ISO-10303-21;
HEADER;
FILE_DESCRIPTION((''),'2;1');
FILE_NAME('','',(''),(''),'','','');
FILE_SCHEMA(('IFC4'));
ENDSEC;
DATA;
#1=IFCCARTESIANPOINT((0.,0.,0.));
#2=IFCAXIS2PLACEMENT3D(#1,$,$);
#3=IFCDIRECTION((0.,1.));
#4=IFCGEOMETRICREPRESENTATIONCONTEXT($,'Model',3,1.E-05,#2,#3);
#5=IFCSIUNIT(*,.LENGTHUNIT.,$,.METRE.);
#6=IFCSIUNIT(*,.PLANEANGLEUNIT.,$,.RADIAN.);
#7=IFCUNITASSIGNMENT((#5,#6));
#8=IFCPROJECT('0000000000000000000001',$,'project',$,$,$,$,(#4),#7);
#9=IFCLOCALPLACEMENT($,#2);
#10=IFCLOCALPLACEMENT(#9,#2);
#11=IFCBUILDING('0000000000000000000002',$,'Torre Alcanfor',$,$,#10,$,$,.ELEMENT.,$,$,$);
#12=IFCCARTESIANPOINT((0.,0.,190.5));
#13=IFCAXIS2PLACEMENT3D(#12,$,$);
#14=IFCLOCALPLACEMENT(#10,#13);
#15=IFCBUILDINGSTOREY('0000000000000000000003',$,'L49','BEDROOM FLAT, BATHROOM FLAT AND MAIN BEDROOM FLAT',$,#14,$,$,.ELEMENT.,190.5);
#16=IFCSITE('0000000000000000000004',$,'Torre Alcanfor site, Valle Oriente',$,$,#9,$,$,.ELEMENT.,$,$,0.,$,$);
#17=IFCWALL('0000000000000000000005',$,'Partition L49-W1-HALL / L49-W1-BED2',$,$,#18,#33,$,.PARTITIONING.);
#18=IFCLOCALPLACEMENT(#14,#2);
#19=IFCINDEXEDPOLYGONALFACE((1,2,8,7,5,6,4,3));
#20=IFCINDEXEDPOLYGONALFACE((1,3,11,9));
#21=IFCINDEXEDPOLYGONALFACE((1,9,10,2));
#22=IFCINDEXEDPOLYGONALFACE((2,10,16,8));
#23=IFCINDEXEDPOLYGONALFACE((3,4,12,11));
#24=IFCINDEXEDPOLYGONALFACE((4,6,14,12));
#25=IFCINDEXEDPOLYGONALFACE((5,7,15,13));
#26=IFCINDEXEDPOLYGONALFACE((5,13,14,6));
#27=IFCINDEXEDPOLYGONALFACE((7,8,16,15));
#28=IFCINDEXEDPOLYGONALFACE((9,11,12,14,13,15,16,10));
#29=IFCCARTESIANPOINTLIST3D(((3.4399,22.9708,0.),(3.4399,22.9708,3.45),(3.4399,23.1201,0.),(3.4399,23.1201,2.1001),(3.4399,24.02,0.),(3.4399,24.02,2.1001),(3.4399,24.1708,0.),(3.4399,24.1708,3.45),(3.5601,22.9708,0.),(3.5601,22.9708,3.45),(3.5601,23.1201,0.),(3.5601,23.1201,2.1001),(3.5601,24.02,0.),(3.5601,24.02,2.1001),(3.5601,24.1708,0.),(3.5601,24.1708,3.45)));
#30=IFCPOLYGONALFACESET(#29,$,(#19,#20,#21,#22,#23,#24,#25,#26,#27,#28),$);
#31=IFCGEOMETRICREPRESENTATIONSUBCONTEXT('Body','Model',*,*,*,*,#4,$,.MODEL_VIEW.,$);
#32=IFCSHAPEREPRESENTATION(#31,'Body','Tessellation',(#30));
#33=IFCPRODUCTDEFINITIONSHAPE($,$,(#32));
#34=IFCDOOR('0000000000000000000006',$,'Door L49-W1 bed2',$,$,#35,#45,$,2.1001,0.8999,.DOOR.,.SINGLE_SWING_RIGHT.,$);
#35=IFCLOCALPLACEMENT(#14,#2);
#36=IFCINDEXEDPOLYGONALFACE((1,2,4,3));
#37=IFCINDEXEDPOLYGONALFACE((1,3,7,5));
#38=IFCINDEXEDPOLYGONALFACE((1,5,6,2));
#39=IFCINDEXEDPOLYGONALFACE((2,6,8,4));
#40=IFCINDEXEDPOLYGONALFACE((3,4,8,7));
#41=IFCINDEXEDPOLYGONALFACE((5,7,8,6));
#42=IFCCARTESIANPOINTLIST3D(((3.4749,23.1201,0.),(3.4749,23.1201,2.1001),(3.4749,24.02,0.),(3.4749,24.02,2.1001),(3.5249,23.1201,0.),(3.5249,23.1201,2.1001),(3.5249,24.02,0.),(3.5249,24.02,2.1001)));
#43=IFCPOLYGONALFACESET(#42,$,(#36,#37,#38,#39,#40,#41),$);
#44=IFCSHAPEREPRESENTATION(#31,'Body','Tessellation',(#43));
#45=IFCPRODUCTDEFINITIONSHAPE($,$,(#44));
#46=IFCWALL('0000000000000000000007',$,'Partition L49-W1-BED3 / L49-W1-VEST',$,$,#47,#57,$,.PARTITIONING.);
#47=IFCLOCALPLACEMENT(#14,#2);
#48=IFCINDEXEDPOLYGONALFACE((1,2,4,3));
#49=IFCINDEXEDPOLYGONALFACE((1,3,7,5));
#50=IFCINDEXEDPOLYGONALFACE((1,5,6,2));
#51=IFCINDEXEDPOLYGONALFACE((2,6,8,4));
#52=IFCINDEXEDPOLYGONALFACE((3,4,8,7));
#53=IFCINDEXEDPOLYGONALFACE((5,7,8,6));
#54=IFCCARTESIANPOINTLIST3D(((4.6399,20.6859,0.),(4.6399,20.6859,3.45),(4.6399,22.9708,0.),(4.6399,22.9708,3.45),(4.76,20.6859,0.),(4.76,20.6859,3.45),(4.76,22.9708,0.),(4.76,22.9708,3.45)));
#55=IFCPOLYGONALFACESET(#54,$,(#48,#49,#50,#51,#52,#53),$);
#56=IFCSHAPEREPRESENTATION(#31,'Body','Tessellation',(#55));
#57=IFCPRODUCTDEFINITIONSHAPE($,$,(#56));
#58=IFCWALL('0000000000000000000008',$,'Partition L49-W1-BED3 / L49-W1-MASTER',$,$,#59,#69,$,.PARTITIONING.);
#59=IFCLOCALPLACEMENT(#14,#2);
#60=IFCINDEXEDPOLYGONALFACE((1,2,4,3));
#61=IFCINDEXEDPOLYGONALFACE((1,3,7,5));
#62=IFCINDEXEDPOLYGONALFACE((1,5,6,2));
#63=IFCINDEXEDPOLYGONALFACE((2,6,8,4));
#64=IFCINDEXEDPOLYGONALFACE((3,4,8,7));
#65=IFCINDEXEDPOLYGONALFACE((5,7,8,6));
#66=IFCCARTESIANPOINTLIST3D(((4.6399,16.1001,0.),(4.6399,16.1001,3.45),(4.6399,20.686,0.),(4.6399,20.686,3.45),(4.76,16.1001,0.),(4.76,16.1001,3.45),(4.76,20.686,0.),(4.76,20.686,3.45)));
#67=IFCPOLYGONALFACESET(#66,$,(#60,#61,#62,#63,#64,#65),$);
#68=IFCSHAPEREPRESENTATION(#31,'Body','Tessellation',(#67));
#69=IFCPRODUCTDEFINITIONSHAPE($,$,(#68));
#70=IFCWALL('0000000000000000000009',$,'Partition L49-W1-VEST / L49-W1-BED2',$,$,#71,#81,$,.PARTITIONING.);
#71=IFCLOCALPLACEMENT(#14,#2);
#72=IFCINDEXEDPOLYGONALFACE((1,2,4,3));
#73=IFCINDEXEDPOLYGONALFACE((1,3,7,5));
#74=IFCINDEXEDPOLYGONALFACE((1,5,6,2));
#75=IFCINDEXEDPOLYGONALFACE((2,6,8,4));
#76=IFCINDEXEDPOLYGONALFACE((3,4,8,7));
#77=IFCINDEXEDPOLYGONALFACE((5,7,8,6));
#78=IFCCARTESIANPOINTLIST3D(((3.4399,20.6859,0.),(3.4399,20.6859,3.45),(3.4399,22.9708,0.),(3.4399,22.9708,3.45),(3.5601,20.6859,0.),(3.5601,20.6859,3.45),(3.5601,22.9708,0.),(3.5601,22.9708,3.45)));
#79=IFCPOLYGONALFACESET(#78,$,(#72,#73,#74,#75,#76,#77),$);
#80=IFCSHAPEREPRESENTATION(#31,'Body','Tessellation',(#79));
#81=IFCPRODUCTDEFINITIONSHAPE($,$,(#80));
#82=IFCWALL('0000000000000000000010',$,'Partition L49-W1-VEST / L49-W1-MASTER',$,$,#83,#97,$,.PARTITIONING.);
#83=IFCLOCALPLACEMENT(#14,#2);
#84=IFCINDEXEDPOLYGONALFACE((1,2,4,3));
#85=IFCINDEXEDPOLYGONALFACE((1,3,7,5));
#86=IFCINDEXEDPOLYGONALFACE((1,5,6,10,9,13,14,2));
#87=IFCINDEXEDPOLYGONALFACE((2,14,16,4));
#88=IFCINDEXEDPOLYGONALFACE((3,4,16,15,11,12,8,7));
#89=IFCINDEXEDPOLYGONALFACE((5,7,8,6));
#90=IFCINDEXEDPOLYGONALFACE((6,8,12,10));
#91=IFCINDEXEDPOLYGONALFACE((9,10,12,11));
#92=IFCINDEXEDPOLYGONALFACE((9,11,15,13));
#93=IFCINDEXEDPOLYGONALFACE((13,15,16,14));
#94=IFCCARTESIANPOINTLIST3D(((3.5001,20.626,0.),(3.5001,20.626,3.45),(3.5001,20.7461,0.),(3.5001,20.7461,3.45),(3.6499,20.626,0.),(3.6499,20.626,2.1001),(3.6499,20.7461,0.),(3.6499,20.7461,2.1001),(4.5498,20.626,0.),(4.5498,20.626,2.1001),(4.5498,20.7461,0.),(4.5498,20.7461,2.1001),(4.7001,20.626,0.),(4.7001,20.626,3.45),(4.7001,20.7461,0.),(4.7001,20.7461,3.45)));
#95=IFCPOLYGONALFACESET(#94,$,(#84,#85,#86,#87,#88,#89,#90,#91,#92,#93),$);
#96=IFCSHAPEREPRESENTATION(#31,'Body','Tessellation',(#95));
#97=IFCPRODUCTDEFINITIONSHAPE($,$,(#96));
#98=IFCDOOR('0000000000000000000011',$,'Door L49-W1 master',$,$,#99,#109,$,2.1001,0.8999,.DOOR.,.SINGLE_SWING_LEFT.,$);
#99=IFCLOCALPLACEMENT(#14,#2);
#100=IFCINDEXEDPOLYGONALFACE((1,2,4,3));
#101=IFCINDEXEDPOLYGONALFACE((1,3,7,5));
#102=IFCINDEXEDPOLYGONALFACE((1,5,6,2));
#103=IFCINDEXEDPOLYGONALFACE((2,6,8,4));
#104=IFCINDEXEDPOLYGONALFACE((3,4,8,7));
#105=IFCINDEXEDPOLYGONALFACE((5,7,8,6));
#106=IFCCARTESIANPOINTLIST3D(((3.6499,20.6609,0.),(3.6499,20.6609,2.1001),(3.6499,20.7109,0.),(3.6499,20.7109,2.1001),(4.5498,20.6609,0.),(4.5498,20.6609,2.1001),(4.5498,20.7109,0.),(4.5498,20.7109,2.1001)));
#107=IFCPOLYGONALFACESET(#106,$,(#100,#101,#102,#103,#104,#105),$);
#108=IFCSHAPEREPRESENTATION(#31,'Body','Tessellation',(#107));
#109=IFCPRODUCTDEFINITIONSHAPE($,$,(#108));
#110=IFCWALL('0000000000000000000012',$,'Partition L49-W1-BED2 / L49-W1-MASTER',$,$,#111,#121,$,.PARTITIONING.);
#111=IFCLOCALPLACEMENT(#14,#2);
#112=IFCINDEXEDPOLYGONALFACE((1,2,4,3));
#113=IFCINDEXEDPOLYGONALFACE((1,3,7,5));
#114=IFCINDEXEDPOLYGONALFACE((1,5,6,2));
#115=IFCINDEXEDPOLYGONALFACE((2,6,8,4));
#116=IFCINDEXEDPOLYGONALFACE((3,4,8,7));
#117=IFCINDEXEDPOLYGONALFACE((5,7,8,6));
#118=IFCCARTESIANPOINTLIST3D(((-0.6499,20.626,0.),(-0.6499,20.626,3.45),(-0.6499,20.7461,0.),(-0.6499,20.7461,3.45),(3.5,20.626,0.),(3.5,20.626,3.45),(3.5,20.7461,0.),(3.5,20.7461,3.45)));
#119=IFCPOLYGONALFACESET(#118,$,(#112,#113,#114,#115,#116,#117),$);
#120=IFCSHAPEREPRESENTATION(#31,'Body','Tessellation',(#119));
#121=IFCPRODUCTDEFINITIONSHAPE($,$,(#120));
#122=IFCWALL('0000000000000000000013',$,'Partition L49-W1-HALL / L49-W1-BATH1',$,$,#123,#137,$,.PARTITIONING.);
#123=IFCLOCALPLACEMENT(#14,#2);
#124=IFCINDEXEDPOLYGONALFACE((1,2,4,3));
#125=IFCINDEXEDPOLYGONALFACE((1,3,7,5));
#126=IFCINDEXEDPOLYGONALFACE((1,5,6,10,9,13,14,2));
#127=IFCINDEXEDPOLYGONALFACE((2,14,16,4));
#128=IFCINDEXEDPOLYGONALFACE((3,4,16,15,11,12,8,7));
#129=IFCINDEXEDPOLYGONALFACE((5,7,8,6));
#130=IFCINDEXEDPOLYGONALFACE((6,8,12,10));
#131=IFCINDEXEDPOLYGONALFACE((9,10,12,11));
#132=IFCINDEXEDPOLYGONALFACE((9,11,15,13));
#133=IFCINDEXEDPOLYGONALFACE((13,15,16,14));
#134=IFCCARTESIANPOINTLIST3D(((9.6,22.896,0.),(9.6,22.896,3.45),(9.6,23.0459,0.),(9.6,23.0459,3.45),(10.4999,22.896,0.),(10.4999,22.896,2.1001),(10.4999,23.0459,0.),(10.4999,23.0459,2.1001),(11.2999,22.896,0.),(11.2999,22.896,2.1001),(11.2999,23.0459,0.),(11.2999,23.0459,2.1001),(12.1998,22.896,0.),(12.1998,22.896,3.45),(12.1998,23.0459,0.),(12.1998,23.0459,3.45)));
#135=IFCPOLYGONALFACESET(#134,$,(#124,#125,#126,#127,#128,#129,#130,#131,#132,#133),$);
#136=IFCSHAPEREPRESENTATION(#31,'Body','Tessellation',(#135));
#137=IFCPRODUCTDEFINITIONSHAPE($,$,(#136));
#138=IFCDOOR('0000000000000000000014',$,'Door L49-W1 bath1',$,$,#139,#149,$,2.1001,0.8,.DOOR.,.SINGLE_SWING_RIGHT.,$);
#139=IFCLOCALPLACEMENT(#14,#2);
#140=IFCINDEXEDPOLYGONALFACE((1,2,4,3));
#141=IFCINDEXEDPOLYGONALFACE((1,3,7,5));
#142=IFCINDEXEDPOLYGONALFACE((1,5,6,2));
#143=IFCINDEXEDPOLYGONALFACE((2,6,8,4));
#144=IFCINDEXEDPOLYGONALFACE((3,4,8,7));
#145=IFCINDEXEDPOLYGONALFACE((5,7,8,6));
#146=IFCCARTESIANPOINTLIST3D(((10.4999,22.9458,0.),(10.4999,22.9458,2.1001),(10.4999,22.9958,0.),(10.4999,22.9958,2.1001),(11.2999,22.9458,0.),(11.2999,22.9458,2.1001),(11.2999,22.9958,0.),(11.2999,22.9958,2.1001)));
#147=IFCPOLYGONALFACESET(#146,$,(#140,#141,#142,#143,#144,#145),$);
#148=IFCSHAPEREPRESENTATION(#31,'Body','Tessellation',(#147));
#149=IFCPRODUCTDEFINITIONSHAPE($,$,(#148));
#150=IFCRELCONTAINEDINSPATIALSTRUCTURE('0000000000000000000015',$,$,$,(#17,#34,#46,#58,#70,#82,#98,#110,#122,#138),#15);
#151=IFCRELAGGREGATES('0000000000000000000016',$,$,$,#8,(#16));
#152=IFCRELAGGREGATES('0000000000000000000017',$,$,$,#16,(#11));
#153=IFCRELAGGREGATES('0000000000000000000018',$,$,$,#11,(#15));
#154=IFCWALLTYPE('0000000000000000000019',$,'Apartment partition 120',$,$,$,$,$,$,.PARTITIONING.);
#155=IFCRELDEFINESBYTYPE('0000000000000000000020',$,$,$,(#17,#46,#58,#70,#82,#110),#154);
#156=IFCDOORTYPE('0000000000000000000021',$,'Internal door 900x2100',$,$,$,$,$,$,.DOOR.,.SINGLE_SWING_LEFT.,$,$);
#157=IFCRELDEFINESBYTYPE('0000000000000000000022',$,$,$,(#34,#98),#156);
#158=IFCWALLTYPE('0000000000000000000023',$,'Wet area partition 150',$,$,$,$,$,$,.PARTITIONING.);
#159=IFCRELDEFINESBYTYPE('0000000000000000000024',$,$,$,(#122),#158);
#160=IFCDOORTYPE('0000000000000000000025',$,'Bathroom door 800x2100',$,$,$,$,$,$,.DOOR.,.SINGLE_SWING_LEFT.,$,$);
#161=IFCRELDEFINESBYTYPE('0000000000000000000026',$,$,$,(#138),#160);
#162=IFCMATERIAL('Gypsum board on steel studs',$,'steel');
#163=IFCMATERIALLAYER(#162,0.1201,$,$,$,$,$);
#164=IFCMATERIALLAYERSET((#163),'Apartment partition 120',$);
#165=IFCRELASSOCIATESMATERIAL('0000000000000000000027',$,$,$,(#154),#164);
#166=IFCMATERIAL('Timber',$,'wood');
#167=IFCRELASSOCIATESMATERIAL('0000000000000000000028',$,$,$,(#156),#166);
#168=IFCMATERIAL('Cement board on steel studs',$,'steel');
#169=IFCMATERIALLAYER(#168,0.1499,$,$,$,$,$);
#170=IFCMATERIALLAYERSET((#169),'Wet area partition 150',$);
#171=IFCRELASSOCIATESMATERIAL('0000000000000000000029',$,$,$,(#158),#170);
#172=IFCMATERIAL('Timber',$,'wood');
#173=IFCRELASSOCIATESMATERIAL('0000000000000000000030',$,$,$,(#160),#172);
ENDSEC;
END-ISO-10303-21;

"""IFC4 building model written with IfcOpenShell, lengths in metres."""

from ifc_helpers import new_model, si_unit, direction, frame, frame_2d, origin, place, context, subcontext, project, spatial, rectangle, extrude, material, layer, layer_set, type_object, element, fill, save


model = new_model("IFC4")

# Units and contexts
model_context = context("Model", 3, precision=1e-05, world=origin(), true_north=direction((0.0, 1.0)))
body_context = subcontext(model_context, "Body", "Model", "MODEL_VIEW")
ifc_project = project(units=[si_unit("LENGTHUNIT", "METRE"), si_unit("PLANEANGLEUNIT", "RADIAN")], contexts=[model_context])

# Site, building, storey
site_placement = place(None, origin())
site = spatial("IfcSite", under=ifc_project, at=site_placement, Name="Torre Alcanfor site, Valle Oriente", CompositionType="ELEMENT", RefElevation=0.0)
building_placement = place(site_placement, origin())
building = spatial("IfcBuilding", under=site, at=building_placement, Name="Torre Alcanfor", CompositionType="ELEMENT")
storey_placement = place(building_placement, frame((0.0, 0.0, 190.5)))
storey = spatial("IfcBuildingStorey", under=building, at=storey_placement, Name="L49", Description="BEDROOM FLAT, BATHROOM FLAT AND MAIN BEDROOM FLAT", CompositionType="ELEMENT", Elevation=190.5)

# Shared definitions
ifc_material_1 = material(Name="Gypsum board on steel studs", Category="steel")
ifc_layer_1 = layer(ifc_material_1, 0.1201)
ifc_layer_set_1 = layer_set([ifc_layer_1], Name="Apartment partition 120")
wall_type_1 = type_object("IfcWallType", Name="Apartment partition 120", PredefinedType="PARTITIONING", material=ifc_layer_set_1)
ifc_material_2 = material(Name="Timber", Category="wood")
door_type_1 = type_object("IfcDoorType", Name="Internal door 900x2100", OperationType="SINGLE_SWING_LEFT", PredefinedType="DOOR", material=ifc_material_2)

# Wall, opening, door
wall_1_placement = place(storey_placement, frame((3.5, 24.1709, 0.0), z_axis=(0.0, 0.0, 1.0), x_axis=(0.0, -1.0, 0.0)))
wall_1 = element("IfcWall", 1, at=wall_1_placement, inside=storey, type_object=wall_type_1, Name="Partition L49-W1-HALL / L49-W1-BED2", PredefinedType="PARTITIONING", context=body_context, shape_type="SweptSolid", body=[
    extrude(rectangle(XDim=1.2, YDim=0.1201, at=frame_2d((0.6001, 0.0))), origin(), (0.0, 0.0, 1.0), 3.45),
])
opening_1_placement = place(wall_1_placement, frame((0.1509, 0.0, 0.0)))
opening_1 = element("IfcOpeningElement", 2, at=opening_1_placement, cuts=wall_1, PredefinedType="OPENING", context=body_context, shape_type="SweptSolid", body=[
    extrude(rectangle(XDim=0.8999, YDim=2.1001, at=frame_2d((0.45, 1.05))), frame((0.0, 0.0701, 0.0), z_axis=(0.0, -1.0, 0.0), x_axis=(1.0, 0.0, 0.0)), (0.0, 0.0, 1.0), 0.1401),
])
door_1_placement = place(opening_1_placement, frame((0.8999, 0.0, 0.0), z_axis=(0.0, 0.0, 1.0), x_axis=(-1.0, 0.0, 0.0)))
door_1 = element("IfcDoor", 3, at=door_1_placement, inside=storey, type_object=door_type_1, Name="Door L49-W1 bed2", OperationType="SINGLE_SWING_RIGHT", OverallHeight=2.1001, OverallWidth=0.8999, PredefinedType="DOOR", context=body_context, shape_type="SweptSolid", body=[
    extrude(rectangle(XDim=0.8999, YDim=2.1001, at=frame_2d((0.45, 1.05))), frame((0.0, 0.0251, 0.0), z_axis=(0.0, -1.0, 0.0), x_axis=(1.0, 0.0, 0.0)), (0.0, 0.0, 1.0), 0.05),
])
fill(opening_1, door_1)

# Walls
wall_2_placement = place(storey_placement, frame((4.7, 22.9709, 0.0), z_axis=(0.0, 0.0, 1.0), x_axis=(0.0, -1.0, 0.0)))
element("IfcWall", 4, at=wall_2_placement, inside=storey, type_object=wall_type_1, Name="Partition L49-W1-BED3 / L49-W1-VEST", PredefinedType="PARTITIONING", context=body_context, shape_type="SweptSolid", body=[
    extrude(rectangle(XDim=2.2849, YDim=0.1201, at=frame_2d((1.1426, 0.0))), origin(), (0.0, 0.0, 1.0), 3.45),
])
wall_3_placement = place(storey_placement, frame((4.7, 20.686, 0.0), z_axis=(0.0, 0.0, 1.0), x_axis=(0.0, -1.0, 0.0)))
element("IfcWall", 5, at=wall_3_placement, inside=storey, type_object=wall_type_1, Name="Partition L49-W1-BED3 / L49-W1-MASTER", PredefinedType="PARTITIONING", context=body_context, shape_type="SweptSolid", body=[
    extrude(rectangle(XDim=4.5859, YDim=0.1201, at=frame_2d((2.293, 0.0))), origin(), (0.0, 0.0, 1.0), 3.45),
])
wall_4_placement = place(storey_placement, frame((3.5, 22.9709, 0.0), z_axis=(0.0, 0.0, 1.0), x_axis=(0.0, -1.0, 0.0)))
element("IfcWall", 6, at=wall_4_placement, inside=storey, type_object=wall_type_1, Name="Partition L49-W1-VEST / L49-W1-BED2", PredefinedType="PARTITIONING", context=body_context, shape_type="SweptSolid", body=[
    extrude(rectangle(XDim=2.2849, YDim=0.1201, at=frame_2d((1.1426, 0.0))), origin(), (0.0, 0.0, 1.0), 3.45),
])

# Wall, opening, door
wall_5_placement = place(storey_placement, frame((3.5, 20.686, 0.0), z_axis=(0.0, 0.0, 1.0), x_axis=(1.0, 0.0, 0.0)))
wall_5 = element("IfcWall", 7, at=wall_5_placement, inside=storey, type_object=wall_type_1, Name="Partition L49-W1-VEST / L49-W1-MASTER", PredefinedType="PARTITIONING", context=body_context, shape_type="SweptSolid", body=[
    extrude(rectangle(XDim=1.2, YDim=0.1201, at=frame_2d((0.6001, 0.0))), origin(), (0.0, 0.0, 1.0), 3.45),
])
opening_2_placement = place(wall_5_placement, frame((0.1499, 0.0, 0.0)))
opening_2 = element("IfcOpeningElement", 8, at=opening_2_placement, cuts=wall_5, PredefinedType="OPENING", context=body_context, shape_type="SweptSolid", body=[
    extrude(rectangle(XDim=0.8999, YDim=2.1001, at=frame_2d((0.45, 1.05))), frame((0.0, 0.0701, 0.0), z_axis=(0.0, -1.0, 0.0), x_axis=(1.0, 0.0, 0.0)), (0.0, 0.0, 1.0), 0.1401),
])
door_2_placement = place(opening_2_placement, origin())
door_2 = element("IfcDoor", 9, at=door_2_placement, inside=storey, type_object=door_type_1, Name="Door L49-W1 master", OperationType="SINGLE_SWING_LEFT", OverallHeight=2.1001, OverallWidth=0.8999, PredefinedType="DOOR", context=body_context, shape_type="SweptSolid", body=[
    extrude(rectangle(XDim=0.8999, YDim=2.1001, at=frame_2d((0.45, 1.05))), frame((0.0, 0.0249, 0.0), z_axis=(0.0, -1.0, 0.0), x_axis=(1.0, 0.0, 0.0)), (0.0, 0.0, 1.0), 0.05),
])
fill(opening_2, door_2)

# Wall
wall_6_placement = place(storey_placement, frame((-0.6499, 20.686, 0.0), z_axis=(0.0, 0.0, 1.0), x_axis=(1.0, 0.0, 0.0)))
element("IfcWall", 10, at=wall_6_placement, inside=storey, type_object=wall_type_1, Name="Partition L49-W1-BED2 / L49-W1-MASTER", PredefinedType="PARTITIONING", context=body_context, shape_type="SweptSolid", body=[
    extrude(rectangle(XDim=4.1499, YDim=0.1201, at=frame_2d((2.075, 0.0))), origin(), (0.0, 0.0, 1.0), 3.45),
])

# Wall, opening, door
ifc_material_3 = material(Name="Cement board on steel studs", Category="steel")
ifc_layer_2 = layer(ifc_material_3, 0.1499)
ifc_layer_set_2 = layer_set([ifc_layer_2], Name="Wet area partition 150")
wall_type_2 = type_object("IfcWallType", Name="Wet area partition 150", PredefinedType="PARTITIONING", material=ifc_layer_set_2)
wall_7_placement = place(storey_placement, frame((9.6001, 22.9709, 0.0), z_axis=(0.0, 0.0, 1.0), x_axis=(1.0, 0.0, 0.0)))
wall_7 = element("IfcWall", 11, at=wall_7_placement, inside=storey, type_object=wall_type_2, Name="Partition L49-W1-HALL / L49-W1-BATH1", PredefinedType="PARTITIONING", context=body_context, shape_type="SweptSolid", body=[
    extrude(rectangle(XDim=2.5999, YDim=0.1499, at=frame_2d((1.2998, 0.0))), origin(), (0.0, 0.0, 1.0), 3.45),
])
opening_3_placement = place(wall_7_placement, frame((0.8999, 0.0, 0.0)))
opening_3 = element("IfcOpeningElement", 12, at=opening_3_placement, cuts=wall_7, PredefinedType="OPENING", context=body_context, shape_type="SweptSolid", body=[
    extrude(rectangle(XDim=0.8, YDim=2.1001, at=frame_2d((0.3999, 1.05))), frame((0.0, 0.085, 0.0), z_axis=(0.0, -1.0, 0.0), x_axis=(1.0, 0.0, 0.0)), (0.0, 0.0, 1.0), 0.1699),
])
ifc_material_4 = material(Name="Timber", Category="wood")
door_type_2 = type_object("IfcDoorType", Name="Bathroom door 800x2100", OperationType="SINGLE_SWING_LEFT", PredefinedType="DOOR", material=ifc_material_4)
door_3_placement = place(opening_3_placement, frame((0.8, 0.0, 0.0), z_axis=(0.0, 0.0, 1.0), x_axis=(-1.0, 0.0, 0.0)))
door_3 = element("IfcDoor", 13, at=door_3_placement, inside=storey, type_object=door_type_2, Name="Door L49-W1 bath1", OperationType="SINGLE_SWING_RIGHT", OverallHeight=2.1001, OverallWidth=0.8, PredefinedType="DOOR", context=body_context, shape_type="SweptSolid", body=[
    extrude(rectangle(XDim=0.8, YDim=2.1001, at=frame_2d((0.4001, 1.05))), frame((0.0, 0.0251, 0.0), z_axis=(0.0, -1.0, 0.0), x_axis=(1.0, 0.0, 0.0)), (0.0, 0.0, 1.0), 0.05),
])
fill(opening_3, door_3)

save(model, "model.ifc")
